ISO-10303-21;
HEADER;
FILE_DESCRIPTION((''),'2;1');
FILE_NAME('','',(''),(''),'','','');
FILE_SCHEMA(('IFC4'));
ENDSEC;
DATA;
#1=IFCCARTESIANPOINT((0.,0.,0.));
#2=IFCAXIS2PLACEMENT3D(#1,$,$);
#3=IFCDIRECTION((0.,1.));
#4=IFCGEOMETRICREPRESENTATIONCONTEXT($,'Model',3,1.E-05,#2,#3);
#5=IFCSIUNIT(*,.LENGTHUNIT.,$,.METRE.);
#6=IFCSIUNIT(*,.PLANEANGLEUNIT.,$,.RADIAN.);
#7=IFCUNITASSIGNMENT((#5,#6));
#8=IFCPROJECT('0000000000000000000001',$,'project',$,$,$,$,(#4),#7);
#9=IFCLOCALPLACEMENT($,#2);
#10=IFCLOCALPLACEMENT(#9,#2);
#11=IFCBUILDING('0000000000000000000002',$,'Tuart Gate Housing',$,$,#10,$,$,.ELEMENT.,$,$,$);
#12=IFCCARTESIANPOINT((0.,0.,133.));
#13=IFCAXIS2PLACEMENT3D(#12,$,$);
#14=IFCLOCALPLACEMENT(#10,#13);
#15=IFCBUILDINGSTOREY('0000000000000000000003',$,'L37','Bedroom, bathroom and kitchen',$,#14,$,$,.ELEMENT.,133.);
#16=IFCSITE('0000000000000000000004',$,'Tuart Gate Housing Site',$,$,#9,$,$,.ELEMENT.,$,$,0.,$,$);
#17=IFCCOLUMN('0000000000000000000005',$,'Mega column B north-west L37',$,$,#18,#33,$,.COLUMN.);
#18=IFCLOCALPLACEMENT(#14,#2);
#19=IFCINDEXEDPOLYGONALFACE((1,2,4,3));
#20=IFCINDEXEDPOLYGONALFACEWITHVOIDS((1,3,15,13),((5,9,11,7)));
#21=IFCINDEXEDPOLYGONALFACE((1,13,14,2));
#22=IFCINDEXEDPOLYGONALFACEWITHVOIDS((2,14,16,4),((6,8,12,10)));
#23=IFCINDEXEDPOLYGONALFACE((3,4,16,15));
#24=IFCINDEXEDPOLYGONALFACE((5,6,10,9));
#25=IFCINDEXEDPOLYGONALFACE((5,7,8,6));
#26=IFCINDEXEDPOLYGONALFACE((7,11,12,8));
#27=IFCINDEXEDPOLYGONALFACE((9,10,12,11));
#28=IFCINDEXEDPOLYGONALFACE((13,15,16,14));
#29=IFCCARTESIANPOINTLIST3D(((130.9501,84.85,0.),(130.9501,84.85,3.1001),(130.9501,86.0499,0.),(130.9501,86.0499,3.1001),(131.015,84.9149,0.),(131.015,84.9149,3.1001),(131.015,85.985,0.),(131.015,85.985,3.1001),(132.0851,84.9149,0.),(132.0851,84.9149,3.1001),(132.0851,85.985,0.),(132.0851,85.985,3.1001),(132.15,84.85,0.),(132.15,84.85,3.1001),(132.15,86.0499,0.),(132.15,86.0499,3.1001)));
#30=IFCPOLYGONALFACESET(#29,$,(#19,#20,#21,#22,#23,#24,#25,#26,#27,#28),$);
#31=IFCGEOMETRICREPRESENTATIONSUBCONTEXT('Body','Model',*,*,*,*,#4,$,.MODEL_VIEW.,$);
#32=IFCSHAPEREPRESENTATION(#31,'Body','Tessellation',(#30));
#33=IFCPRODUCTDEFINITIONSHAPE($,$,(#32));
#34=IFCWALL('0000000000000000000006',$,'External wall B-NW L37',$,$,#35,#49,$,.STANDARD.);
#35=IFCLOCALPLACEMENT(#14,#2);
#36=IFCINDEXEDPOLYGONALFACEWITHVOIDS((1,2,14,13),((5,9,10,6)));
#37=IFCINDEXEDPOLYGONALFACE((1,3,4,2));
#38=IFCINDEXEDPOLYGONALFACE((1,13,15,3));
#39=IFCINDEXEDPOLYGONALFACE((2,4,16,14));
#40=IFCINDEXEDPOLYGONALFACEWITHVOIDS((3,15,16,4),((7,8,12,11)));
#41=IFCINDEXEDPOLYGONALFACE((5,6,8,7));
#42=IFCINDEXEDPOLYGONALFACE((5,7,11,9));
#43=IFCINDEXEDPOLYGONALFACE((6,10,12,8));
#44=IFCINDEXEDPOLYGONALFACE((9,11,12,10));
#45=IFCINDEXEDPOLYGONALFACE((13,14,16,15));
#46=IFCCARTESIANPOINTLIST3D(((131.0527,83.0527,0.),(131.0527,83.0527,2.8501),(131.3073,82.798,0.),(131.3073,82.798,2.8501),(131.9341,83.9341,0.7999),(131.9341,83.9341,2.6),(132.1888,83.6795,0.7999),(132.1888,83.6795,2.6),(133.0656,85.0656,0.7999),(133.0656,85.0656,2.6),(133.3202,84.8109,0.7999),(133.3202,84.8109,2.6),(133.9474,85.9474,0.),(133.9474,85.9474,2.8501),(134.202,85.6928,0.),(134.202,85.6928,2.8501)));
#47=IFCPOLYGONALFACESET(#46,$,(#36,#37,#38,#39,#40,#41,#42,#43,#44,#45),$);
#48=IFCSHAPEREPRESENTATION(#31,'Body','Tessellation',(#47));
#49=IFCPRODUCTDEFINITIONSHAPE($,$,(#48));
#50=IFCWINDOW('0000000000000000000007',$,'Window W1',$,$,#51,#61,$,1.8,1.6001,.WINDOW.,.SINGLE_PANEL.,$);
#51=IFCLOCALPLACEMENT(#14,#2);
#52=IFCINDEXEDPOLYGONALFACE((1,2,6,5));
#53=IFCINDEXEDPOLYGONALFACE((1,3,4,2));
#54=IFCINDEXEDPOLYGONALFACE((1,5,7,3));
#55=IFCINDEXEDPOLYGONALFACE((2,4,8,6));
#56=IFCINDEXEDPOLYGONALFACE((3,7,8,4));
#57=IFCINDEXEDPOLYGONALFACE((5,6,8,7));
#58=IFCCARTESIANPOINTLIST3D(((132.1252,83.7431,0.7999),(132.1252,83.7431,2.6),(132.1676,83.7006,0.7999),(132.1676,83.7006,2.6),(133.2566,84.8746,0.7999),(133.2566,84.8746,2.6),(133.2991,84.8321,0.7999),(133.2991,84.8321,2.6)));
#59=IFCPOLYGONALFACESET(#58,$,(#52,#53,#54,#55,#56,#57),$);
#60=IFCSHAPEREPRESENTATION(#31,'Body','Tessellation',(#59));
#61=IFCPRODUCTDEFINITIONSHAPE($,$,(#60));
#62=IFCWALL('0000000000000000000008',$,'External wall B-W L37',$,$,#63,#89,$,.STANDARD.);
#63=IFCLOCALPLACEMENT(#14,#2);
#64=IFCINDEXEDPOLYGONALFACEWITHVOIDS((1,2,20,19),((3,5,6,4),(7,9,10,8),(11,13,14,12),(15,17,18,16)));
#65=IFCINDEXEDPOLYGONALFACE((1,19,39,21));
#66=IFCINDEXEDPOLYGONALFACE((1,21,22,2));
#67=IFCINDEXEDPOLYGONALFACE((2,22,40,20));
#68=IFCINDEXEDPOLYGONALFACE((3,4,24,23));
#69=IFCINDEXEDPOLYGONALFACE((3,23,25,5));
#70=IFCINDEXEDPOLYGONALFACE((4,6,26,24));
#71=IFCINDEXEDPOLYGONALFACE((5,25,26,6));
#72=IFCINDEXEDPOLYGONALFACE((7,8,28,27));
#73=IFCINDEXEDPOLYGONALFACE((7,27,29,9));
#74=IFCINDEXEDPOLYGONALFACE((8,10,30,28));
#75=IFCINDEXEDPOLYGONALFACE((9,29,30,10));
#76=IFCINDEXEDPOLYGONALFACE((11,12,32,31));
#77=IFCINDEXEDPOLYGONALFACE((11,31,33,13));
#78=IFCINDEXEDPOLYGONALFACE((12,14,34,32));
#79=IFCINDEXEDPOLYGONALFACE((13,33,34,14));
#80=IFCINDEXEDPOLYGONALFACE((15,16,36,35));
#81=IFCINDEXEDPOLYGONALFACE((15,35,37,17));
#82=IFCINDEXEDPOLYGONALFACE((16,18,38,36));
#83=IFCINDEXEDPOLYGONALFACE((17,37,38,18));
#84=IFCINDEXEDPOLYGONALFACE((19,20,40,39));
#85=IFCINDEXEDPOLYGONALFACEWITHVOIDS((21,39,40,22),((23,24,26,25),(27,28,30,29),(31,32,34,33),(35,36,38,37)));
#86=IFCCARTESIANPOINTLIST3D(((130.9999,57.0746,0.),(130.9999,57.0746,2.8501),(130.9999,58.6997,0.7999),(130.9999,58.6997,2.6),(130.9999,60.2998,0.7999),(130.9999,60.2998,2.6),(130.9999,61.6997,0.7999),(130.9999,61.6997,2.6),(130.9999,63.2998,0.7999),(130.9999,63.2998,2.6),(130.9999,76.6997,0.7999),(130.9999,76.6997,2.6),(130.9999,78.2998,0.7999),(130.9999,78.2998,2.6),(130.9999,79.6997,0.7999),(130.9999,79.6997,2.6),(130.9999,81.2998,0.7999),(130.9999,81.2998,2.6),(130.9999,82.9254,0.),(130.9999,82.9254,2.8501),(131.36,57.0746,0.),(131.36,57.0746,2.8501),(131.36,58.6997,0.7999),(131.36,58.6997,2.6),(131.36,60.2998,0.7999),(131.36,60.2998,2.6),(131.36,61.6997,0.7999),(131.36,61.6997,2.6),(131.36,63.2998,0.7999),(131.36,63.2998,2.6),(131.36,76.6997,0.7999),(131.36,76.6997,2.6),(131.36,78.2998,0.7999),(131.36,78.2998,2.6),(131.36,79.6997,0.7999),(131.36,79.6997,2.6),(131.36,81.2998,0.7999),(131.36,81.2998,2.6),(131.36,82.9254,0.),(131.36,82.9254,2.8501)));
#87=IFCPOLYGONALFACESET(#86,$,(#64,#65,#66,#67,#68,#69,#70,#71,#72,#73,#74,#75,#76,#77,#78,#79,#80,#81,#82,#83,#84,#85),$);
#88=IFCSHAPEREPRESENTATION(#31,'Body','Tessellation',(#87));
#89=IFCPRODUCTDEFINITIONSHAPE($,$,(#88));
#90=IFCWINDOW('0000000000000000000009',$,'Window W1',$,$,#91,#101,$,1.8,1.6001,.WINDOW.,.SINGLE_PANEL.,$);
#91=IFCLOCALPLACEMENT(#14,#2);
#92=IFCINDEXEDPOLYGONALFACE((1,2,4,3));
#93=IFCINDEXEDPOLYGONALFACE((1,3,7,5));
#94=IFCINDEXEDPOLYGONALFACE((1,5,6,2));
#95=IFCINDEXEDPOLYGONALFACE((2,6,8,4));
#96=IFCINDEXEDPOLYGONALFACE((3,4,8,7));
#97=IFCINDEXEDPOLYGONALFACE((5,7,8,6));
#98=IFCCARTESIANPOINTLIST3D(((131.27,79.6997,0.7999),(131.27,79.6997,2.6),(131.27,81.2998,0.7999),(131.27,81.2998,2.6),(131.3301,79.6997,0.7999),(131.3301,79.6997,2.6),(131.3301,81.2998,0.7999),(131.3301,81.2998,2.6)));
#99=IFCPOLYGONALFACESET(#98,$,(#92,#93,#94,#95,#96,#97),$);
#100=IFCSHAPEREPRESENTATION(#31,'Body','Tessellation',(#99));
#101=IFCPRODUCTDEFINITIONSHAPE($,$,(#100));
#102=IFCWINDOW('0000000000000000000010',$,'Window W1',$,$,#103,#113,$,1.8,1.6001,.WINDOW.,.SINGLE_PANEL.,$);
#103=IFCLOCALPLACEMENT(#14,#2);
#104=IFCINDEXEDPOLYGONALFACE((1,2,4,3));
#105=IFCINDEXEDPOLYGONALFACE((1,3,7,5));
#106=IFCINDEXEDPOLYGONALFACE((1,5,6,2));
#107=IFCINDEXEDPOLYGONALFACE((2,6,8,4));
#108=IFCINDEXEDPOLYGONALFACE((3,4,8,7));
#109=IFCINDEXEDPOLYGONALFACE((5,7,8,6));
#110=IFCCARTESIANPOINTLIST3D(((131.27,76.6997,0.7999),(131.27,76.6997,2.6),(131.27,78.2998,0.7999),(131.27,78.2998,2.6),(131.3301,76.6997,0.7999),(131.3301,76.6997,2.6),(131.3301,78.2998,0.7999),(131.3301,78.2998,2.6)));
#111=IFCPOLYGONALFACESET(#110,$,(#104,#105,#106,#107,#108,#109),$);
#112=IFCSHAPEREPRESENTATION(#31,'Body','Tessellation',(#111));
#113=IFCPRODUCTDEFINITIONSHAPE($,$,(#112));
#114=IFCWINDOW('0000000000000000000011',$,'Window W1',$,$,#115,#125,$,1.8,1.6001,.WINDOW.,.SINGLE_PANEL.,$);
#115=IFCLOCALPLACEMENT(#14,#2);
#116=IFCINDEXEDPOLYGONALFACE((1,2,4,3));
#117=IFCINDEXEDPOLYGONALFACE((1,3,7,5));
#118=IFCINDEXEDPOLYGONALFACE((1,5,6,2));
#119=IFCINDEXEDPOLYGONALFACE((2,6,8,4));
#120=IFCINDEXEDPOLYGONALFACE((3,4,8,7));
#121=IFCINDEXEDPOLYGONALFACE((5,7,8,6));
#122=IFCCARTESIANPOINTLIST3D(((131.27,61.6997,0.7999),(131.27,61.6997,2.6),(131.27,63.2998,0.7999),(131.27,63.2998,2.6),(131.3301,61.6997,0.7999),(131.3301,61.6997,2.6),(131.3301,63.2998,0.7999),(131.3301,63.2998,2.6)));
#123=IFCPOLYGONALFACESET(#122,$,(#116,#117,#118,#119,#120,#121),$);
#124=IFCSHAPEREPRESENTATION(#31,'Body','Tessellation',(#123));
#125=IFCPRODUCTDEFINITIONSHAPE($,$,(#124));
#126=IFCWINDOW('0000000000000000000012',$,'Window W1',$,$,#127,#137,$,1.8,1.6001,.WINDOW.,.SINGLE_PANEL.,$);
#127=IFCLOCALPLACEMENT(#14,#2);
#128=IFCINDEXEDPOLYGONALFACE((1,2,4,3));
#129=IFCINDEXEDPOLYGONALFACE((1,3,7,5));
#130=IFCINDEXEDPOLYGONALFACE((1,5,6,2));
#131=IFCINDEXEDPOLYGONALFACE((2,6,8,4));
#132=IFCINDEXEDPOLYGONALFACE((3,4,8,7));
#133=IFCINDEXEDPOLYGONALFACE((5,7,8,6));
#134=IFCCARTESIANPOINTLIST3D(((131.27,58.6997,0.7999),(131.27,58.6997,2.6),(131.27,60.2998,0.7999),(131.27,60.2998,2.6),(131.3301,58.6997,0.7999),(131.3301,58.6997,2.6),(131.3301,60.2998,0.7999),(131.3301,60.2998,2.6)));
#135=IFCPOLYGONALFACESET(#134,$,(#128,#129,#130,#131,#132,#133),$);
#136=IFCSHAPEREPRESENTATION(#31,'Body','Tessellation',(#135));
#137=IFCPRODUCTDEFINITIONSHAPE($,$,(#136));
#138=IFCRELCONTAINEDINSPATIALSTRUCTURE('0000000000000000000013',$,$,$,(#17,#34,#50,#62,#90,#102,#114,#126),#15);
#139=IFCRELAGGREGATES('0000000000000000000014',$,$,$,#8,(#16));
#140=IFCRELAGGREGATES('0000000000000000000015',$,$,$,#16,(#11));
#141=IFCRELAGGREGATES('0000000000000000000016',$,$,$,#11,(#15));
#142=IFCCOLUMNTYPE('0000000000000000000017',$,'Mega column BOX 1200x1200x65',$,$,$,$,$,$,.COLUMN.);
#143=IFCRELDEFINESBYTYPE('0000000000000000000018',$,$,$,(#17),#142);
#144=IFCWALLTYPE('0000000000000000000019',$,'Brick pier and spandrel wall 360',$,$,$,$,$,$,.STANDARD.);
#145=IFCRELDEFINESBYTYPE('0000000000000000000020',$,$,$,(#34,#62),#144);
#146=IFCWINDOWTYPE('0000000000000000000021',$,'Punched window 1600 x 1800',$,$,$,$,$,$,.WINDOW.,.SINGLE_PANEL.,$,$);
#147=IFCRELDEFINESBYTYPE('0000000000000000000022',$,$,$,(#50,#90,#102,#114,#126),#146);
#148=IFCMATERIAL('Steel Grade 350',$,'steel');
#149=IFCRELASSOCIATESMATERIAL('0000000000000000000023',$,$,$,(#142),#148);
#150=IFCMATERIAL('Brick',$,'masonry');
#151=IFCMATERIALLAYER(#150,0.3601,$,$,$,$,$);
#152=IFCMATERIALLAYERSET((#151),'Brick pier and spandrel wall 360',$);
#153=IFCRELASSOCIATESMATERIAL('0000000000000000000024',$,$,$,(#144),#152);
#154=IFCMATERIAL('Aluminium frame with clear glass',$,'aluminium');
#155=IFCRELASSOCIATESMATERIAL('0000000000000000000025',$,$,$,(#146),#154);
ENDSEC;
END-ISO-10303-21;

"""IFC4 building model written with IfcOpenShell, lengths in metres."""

from ifc_helpers import new_model, si_unit, direction, frame, frame_2d, origin, origin_2d, place, context, subcontext, project, spatial, rectangle, hollow_rectangle, extrude, material, layer, layer_set, material_profile, profile_set, type_object, element, fill, save


model = new_model("IFC4")

# Units and contexts
model_context = context("Model", 3, precision=1e-05, world=origin(), true_north=direction((0.0, 1.0)))
body_context = subcontext(model_context, "Body", "Model", "MODEL_VIEW")
ifc_project = project(units=[si_unit("LENGTHUNIT", "METRE"), si_unit("PLANEANGLEUNIT", "RADIAN")], contexts=[model_context])

# Site, building, storey
site_placement = place(None, origin())
site = spatial("IfcSite", under=ifc_project, at=site_placement, Name="Tuart Gate Housing Site", CompositionType="ELEMENT", RefElevation=0.0)
building_placement = place(site_placement, origin())
building = spatial("IfcBuilding", under=site, at=building_placement, Name="Tuart Gate Housing", CompositionType="ELEMENT")
storey_placement = place(building_placement, frame((0.0, 0.0, 133.0)))
storey = spatial("IfcBuildingStorey", under=building, at=storey_placement, Name="L37", Description="Bedroom, bathroom and kitchen", CompositionType="ELEMENT", Elevation=133.0)

# Column
ifc_material_1 = material(Name="Steel Grade 350", Category="steel")
ifc_material_profile = material_profile(ifc_material_1, hollow_rectangle(XDim=1.2, YDim=1.2, WallThickness=0.0649, at=origin_2d()), Name="BOX 1200x1200x65")
ifc_profile_set = profile_set([ifc_material_profile], Name="Steel Grade 350")
column_type = type_object("IfcColumnType", Name="Mega column BOX 1200x1200x65", PredefinedType="COLUMN", material=ifc_profile_set)
column_placement = place(storey_placement, frame((131.55, 85.45, 0.0), z_axis=(0.0, 0.0, 1.0), x_axis=(1.0, 0.0, 0.0)))
element("IfcColumn", 1, at=column_placement, inside=storey, type_object=column_type, Name="Mega column B north-west L37", PredefinedType="COLUMN", context=body_context, shape_type="SweptSolid", body=[
    extrude(hollow_rectangle(XDim=1.2, YDim=1.2, WallThickness=0.0649, at=origin_2d()), origin(), (0.0, 0.0, 1.0), 3.1001),
])

# Wall, opening, window
ifc_material_2 = material(Name="Brick", Category="masonry")
ifc_layer_1 = layer(ifc_material_2, 0.3601)
ifc_layer_set_1 = layer_set([ifc_layer_1], Name="Brick pier and spandrel wall 360")
wall_type_1 = type_object("IfcWallType", Name="Brick pier and spandrel wall 360", PredefinedType="STANDARD", material=ifc_layer_set_1)
wall_1_placement = place(storey_placement, frame((134.0747, 85.8201, 0.0), z_axis=(0.0, 0.0, 1.0), x_axis=(-0.707107, -0.707107, 0.0)))
wall_1 = element("IfcWall", 2, at=wall_1_placement, inside=storey, type_object=wall_type_1, Name="External wall B-NW L37", PredefinedType="STANDARD", context=body_context, shape_type="SweptSolid", body=[
    extrude(rectangle(XDim=4.0938, YDim=0.3601, at=frame_2d((2.0469, 0.0))), origin(), (0.0, 0.0, 1.0), 2.8501),
])
opening_1_placement = place(wall_1_placement, frame((1.2471, 0.0, 0.8)))
opening_1 = element("IfcOpeningElement", 3, at=opening_1_placement, cuts=wall_1, PredefinedType="OPENING", context=body_context, shape_type="SweptSolid", body=[
    extrude(rectangle(XDim=1.6001, YDim=1.8, at=frame_2d((0.8, 0.8999))), frame((0.0, 0.1899, 0.0), z_axis=(0.0, -1.0, 0.0), x_axis=(1.0, 0.0, 0.0)), (0.0, 0.0, 1.0), 0.3801),
])
ifc_material_3 = material(Name="Aluminium frame with clear glass", Category="aluminium")
window_type = type_object("IfcWindowType", Name="Punched window 1600 x 1800", PartitioningType="SINGLE_PANEL", PredefinedType="WINDOW", material=ifc_material_3)
window_1_placement = place(opening_1_placement, origin())
window_1 = element("IfcWindow", 4, at=window_1_placement, inside=storey, type_object=window_type, Name="Window W1", OverallHeight=1.8, OverallWidth=1.6001, PartitioningType="SINGLE_PANEL", PredefinedType="WINDOW", context=body_context, shape_type="SweptSolid", body=[
    extrude(rectangle(XDim=1.6001, YDim=1.8, at=frame_2d((0.8, 0.8999))), frame((0.0, 0.1501, 0.0), z_axis=(0.0, -1.0, 0.0), x_axis=(1.0, 0.0, 0.0)), (0.0, 0.0, 1.0), 0.0601),
])
fill(opening_1, window_1)

# Wall, openings, windows
wall_2_placement = place(storey_placement, frame((131.1799, 82.9253, 0.0), z_axis=(0.0, 0.0, 1.0), x_axis=(0.0, -1.0, 0.0)))
wall_2 = element("IfcWall", 5, at=wall_2_placement, inside=storey, type_object=wall_type_1, Name="External wall B-W L37", PredefinedType="STANDARD", context=body_context, shape_type="SweptSolid", body=[
    extrude(rectangle(XDim=25.8508, YDim=0.3601, at=frame_2d((12.9253, 0.0))), origin(), (0.0, 0.0, 1.0), 2.8501),
])
opening_2_placement = place(wall_2_placement, frame((1.6255, 0.0, 0.8)))
opening_2 = element("IfcOpeningElement", 6, at=opening_2_placement, cuts=wall_2, PredefinedType="OPENING", context=body_context, shape_type="SweptSolid", body=[
    extrude(rectangle(XDim=1.6001, YDim=1.8, at=frame_2d((0.8, 0.8999))), frame((0.0, 0.1899, 0.0), z_axis=(0.0, -1.0, 0.0), x_axis=(1.0, 0.0, 0.0)), (0.0, 0.0, 1.0), 0.3801),
])
opening_3_placement = place(wall_2_placement, frame((4.6255, 0.0, 0.8)))
opening_3 = element("IfcOpeningElement", 7, at=opening_3_placement, cuts=wall_2, PredefinedType="OPENING", context=body_context, shape_type="SweptSolid", body=[
    extrude(rectangle(XDim=1.6001, YDim=1.8, at=frame_2d((0.8, 0.8999))), frame((0.0, 0.1899, 0.0), z_axis=(0.0, -1.0, 0.0), x_axis=(1.0, 0.0, 0.0)), (0.0, 0.0, 1.0), 0.3801),
])
opening_4_placement = place(wall_2_placement, frame((19.6255, 0.0, 0.8)))
opening_4 = element("IfcOpeningElement", 8, at=opening_4_placement, cuts=wall_2, PredefinedType="OPENING", context=body_context, shape_type="SweptSolid", body=[
    extrude(rectangle(XDim=1.6001, YDim=1.8, at=frame_2d((0.8, 0.8999))), frame((0.0, 0.1899, 0.0), z_axis=(0.0, -1.0, 0.0), x_axis=(1.0, 0.0, 0.0)), (0.0, 0.0, 1.0), 0.3801),
])
opening_5_placement = place(wall_2_placement, frame((22.6255, 0.0, 0.8)))
opening_5 = element("IfcOpeningElement", 9, at=opening_5_placement, cuts=wall_2, PredefinedType="OPENING", context=body_context, shape_type="SweptSolid", body=[
    extrude(rectangle(XDim=1.6001, YDim=1.8, at=frame_2d((0.8, 0.8999))), frame((0.0, 0.1899, 0.0), z_axis=(0.0, -1.0, 0.0), x_axis=(1.0, 0.0, 0.0)), (0.0, 0.0, 1.0), 0.3801),
])
window_2_placement = place(opening_2_placement, origin())
window_2 = element("IfcWindow", 10, at=window_2_placement, inside=storey, type_object=window_type, Name="Window W1", OverallHeight=1.8, OverallWidth=1.6001, PartitioningType="SINGLE_PANEL", PredefinedType="WINDOW", context=body_context, shape_type="SweptSolid", body=[
    extrude(rectangle(XDim=1.6001, YDim=1.8, at=frame_2d((0.8, 0.8999))), frame((0.0, 0.1501, 0.0), z_axis=(0.0, -1.0, 0.0), x_axis=(1.0, 0.0, 0.0)), (0.0, 0.0, 1.0), 0.0601),
])
fill(opening_2, window_2)
window_3_placement = place(opening_3_placement, origin())
window_3 = element("IfcWindow", 11, at=window_3_placement, inside=storey, type_object=window_type, Name="Window W1", OverallHeight=1.8, OverallWidth=1.6001, PartitioningType="SINGLE_PANEL", PredefinedType="WINDOW", context=body_context, shape_type="SweptSolid", body=[
    extrude(rectangle(XDim=1.6001, YDim=1.8, at=frame_2d((0.8, 0.8999))), frame((0.0, 0.1501, 0.0), z_axis=(0.0, -1.0, 0.0), x_axis=(1.0, 0.0, 0.0)), (0.0, 0.0, 1.0), 0.0601),
])
fill(opening_3, window_3)
window_4_placement = place(opening_4_placement, origin())
window_4 = element("IfcWindow", 12, at=window_4_placement, inside=storey, type_object=window_type, Name="Window W1", OverallHeight=1.8, OverallWidth=1.6001, PartitioningType="SINGLE_PANEL", PredefinedType="WINDOW", context=body_context, shape_type="SweptSolid", body=[
    extrude(rectangle(XDim=1.6001, YDim=1.8, at=frame_2d((0.8, 0.8999))), frame((0.0, 0.1501, 0.0), z_axis=(0.0, -1.0, 0.0), x_axis=(1.0, 0.0, 0.0)), (0.0, 0.0, 1.0), 0.0601),
])
fill(opening_4, window_4)
window_5_placement = place(opening_5_placement, origin())
window_5 = element("IfcWindow", 13, at=window_5_placement, inside=storey, type_object=window_type, Name="Window W1", OverallHeight=1.8, OverallWidth=1.6001, PartitioningType="SINGLE_PANEL", PredefinedType="WINDOW", context=body_context, shape_type="SweptSolid", body=[
    extrude(rectangle(XDim=1.6001, YDim=1.8, at=frame_2d((0.8, 0.8999))), frame((0.0, 0.1501, 0.0), z_axis=(0.0, -1.0, 0.0), x_axis=(1.0, 0.0, 0.0)), (0.0, 0.0, 1.0), 0.0601),
])
fill(opening_5, window_5)

save(model, "model.ifc")
